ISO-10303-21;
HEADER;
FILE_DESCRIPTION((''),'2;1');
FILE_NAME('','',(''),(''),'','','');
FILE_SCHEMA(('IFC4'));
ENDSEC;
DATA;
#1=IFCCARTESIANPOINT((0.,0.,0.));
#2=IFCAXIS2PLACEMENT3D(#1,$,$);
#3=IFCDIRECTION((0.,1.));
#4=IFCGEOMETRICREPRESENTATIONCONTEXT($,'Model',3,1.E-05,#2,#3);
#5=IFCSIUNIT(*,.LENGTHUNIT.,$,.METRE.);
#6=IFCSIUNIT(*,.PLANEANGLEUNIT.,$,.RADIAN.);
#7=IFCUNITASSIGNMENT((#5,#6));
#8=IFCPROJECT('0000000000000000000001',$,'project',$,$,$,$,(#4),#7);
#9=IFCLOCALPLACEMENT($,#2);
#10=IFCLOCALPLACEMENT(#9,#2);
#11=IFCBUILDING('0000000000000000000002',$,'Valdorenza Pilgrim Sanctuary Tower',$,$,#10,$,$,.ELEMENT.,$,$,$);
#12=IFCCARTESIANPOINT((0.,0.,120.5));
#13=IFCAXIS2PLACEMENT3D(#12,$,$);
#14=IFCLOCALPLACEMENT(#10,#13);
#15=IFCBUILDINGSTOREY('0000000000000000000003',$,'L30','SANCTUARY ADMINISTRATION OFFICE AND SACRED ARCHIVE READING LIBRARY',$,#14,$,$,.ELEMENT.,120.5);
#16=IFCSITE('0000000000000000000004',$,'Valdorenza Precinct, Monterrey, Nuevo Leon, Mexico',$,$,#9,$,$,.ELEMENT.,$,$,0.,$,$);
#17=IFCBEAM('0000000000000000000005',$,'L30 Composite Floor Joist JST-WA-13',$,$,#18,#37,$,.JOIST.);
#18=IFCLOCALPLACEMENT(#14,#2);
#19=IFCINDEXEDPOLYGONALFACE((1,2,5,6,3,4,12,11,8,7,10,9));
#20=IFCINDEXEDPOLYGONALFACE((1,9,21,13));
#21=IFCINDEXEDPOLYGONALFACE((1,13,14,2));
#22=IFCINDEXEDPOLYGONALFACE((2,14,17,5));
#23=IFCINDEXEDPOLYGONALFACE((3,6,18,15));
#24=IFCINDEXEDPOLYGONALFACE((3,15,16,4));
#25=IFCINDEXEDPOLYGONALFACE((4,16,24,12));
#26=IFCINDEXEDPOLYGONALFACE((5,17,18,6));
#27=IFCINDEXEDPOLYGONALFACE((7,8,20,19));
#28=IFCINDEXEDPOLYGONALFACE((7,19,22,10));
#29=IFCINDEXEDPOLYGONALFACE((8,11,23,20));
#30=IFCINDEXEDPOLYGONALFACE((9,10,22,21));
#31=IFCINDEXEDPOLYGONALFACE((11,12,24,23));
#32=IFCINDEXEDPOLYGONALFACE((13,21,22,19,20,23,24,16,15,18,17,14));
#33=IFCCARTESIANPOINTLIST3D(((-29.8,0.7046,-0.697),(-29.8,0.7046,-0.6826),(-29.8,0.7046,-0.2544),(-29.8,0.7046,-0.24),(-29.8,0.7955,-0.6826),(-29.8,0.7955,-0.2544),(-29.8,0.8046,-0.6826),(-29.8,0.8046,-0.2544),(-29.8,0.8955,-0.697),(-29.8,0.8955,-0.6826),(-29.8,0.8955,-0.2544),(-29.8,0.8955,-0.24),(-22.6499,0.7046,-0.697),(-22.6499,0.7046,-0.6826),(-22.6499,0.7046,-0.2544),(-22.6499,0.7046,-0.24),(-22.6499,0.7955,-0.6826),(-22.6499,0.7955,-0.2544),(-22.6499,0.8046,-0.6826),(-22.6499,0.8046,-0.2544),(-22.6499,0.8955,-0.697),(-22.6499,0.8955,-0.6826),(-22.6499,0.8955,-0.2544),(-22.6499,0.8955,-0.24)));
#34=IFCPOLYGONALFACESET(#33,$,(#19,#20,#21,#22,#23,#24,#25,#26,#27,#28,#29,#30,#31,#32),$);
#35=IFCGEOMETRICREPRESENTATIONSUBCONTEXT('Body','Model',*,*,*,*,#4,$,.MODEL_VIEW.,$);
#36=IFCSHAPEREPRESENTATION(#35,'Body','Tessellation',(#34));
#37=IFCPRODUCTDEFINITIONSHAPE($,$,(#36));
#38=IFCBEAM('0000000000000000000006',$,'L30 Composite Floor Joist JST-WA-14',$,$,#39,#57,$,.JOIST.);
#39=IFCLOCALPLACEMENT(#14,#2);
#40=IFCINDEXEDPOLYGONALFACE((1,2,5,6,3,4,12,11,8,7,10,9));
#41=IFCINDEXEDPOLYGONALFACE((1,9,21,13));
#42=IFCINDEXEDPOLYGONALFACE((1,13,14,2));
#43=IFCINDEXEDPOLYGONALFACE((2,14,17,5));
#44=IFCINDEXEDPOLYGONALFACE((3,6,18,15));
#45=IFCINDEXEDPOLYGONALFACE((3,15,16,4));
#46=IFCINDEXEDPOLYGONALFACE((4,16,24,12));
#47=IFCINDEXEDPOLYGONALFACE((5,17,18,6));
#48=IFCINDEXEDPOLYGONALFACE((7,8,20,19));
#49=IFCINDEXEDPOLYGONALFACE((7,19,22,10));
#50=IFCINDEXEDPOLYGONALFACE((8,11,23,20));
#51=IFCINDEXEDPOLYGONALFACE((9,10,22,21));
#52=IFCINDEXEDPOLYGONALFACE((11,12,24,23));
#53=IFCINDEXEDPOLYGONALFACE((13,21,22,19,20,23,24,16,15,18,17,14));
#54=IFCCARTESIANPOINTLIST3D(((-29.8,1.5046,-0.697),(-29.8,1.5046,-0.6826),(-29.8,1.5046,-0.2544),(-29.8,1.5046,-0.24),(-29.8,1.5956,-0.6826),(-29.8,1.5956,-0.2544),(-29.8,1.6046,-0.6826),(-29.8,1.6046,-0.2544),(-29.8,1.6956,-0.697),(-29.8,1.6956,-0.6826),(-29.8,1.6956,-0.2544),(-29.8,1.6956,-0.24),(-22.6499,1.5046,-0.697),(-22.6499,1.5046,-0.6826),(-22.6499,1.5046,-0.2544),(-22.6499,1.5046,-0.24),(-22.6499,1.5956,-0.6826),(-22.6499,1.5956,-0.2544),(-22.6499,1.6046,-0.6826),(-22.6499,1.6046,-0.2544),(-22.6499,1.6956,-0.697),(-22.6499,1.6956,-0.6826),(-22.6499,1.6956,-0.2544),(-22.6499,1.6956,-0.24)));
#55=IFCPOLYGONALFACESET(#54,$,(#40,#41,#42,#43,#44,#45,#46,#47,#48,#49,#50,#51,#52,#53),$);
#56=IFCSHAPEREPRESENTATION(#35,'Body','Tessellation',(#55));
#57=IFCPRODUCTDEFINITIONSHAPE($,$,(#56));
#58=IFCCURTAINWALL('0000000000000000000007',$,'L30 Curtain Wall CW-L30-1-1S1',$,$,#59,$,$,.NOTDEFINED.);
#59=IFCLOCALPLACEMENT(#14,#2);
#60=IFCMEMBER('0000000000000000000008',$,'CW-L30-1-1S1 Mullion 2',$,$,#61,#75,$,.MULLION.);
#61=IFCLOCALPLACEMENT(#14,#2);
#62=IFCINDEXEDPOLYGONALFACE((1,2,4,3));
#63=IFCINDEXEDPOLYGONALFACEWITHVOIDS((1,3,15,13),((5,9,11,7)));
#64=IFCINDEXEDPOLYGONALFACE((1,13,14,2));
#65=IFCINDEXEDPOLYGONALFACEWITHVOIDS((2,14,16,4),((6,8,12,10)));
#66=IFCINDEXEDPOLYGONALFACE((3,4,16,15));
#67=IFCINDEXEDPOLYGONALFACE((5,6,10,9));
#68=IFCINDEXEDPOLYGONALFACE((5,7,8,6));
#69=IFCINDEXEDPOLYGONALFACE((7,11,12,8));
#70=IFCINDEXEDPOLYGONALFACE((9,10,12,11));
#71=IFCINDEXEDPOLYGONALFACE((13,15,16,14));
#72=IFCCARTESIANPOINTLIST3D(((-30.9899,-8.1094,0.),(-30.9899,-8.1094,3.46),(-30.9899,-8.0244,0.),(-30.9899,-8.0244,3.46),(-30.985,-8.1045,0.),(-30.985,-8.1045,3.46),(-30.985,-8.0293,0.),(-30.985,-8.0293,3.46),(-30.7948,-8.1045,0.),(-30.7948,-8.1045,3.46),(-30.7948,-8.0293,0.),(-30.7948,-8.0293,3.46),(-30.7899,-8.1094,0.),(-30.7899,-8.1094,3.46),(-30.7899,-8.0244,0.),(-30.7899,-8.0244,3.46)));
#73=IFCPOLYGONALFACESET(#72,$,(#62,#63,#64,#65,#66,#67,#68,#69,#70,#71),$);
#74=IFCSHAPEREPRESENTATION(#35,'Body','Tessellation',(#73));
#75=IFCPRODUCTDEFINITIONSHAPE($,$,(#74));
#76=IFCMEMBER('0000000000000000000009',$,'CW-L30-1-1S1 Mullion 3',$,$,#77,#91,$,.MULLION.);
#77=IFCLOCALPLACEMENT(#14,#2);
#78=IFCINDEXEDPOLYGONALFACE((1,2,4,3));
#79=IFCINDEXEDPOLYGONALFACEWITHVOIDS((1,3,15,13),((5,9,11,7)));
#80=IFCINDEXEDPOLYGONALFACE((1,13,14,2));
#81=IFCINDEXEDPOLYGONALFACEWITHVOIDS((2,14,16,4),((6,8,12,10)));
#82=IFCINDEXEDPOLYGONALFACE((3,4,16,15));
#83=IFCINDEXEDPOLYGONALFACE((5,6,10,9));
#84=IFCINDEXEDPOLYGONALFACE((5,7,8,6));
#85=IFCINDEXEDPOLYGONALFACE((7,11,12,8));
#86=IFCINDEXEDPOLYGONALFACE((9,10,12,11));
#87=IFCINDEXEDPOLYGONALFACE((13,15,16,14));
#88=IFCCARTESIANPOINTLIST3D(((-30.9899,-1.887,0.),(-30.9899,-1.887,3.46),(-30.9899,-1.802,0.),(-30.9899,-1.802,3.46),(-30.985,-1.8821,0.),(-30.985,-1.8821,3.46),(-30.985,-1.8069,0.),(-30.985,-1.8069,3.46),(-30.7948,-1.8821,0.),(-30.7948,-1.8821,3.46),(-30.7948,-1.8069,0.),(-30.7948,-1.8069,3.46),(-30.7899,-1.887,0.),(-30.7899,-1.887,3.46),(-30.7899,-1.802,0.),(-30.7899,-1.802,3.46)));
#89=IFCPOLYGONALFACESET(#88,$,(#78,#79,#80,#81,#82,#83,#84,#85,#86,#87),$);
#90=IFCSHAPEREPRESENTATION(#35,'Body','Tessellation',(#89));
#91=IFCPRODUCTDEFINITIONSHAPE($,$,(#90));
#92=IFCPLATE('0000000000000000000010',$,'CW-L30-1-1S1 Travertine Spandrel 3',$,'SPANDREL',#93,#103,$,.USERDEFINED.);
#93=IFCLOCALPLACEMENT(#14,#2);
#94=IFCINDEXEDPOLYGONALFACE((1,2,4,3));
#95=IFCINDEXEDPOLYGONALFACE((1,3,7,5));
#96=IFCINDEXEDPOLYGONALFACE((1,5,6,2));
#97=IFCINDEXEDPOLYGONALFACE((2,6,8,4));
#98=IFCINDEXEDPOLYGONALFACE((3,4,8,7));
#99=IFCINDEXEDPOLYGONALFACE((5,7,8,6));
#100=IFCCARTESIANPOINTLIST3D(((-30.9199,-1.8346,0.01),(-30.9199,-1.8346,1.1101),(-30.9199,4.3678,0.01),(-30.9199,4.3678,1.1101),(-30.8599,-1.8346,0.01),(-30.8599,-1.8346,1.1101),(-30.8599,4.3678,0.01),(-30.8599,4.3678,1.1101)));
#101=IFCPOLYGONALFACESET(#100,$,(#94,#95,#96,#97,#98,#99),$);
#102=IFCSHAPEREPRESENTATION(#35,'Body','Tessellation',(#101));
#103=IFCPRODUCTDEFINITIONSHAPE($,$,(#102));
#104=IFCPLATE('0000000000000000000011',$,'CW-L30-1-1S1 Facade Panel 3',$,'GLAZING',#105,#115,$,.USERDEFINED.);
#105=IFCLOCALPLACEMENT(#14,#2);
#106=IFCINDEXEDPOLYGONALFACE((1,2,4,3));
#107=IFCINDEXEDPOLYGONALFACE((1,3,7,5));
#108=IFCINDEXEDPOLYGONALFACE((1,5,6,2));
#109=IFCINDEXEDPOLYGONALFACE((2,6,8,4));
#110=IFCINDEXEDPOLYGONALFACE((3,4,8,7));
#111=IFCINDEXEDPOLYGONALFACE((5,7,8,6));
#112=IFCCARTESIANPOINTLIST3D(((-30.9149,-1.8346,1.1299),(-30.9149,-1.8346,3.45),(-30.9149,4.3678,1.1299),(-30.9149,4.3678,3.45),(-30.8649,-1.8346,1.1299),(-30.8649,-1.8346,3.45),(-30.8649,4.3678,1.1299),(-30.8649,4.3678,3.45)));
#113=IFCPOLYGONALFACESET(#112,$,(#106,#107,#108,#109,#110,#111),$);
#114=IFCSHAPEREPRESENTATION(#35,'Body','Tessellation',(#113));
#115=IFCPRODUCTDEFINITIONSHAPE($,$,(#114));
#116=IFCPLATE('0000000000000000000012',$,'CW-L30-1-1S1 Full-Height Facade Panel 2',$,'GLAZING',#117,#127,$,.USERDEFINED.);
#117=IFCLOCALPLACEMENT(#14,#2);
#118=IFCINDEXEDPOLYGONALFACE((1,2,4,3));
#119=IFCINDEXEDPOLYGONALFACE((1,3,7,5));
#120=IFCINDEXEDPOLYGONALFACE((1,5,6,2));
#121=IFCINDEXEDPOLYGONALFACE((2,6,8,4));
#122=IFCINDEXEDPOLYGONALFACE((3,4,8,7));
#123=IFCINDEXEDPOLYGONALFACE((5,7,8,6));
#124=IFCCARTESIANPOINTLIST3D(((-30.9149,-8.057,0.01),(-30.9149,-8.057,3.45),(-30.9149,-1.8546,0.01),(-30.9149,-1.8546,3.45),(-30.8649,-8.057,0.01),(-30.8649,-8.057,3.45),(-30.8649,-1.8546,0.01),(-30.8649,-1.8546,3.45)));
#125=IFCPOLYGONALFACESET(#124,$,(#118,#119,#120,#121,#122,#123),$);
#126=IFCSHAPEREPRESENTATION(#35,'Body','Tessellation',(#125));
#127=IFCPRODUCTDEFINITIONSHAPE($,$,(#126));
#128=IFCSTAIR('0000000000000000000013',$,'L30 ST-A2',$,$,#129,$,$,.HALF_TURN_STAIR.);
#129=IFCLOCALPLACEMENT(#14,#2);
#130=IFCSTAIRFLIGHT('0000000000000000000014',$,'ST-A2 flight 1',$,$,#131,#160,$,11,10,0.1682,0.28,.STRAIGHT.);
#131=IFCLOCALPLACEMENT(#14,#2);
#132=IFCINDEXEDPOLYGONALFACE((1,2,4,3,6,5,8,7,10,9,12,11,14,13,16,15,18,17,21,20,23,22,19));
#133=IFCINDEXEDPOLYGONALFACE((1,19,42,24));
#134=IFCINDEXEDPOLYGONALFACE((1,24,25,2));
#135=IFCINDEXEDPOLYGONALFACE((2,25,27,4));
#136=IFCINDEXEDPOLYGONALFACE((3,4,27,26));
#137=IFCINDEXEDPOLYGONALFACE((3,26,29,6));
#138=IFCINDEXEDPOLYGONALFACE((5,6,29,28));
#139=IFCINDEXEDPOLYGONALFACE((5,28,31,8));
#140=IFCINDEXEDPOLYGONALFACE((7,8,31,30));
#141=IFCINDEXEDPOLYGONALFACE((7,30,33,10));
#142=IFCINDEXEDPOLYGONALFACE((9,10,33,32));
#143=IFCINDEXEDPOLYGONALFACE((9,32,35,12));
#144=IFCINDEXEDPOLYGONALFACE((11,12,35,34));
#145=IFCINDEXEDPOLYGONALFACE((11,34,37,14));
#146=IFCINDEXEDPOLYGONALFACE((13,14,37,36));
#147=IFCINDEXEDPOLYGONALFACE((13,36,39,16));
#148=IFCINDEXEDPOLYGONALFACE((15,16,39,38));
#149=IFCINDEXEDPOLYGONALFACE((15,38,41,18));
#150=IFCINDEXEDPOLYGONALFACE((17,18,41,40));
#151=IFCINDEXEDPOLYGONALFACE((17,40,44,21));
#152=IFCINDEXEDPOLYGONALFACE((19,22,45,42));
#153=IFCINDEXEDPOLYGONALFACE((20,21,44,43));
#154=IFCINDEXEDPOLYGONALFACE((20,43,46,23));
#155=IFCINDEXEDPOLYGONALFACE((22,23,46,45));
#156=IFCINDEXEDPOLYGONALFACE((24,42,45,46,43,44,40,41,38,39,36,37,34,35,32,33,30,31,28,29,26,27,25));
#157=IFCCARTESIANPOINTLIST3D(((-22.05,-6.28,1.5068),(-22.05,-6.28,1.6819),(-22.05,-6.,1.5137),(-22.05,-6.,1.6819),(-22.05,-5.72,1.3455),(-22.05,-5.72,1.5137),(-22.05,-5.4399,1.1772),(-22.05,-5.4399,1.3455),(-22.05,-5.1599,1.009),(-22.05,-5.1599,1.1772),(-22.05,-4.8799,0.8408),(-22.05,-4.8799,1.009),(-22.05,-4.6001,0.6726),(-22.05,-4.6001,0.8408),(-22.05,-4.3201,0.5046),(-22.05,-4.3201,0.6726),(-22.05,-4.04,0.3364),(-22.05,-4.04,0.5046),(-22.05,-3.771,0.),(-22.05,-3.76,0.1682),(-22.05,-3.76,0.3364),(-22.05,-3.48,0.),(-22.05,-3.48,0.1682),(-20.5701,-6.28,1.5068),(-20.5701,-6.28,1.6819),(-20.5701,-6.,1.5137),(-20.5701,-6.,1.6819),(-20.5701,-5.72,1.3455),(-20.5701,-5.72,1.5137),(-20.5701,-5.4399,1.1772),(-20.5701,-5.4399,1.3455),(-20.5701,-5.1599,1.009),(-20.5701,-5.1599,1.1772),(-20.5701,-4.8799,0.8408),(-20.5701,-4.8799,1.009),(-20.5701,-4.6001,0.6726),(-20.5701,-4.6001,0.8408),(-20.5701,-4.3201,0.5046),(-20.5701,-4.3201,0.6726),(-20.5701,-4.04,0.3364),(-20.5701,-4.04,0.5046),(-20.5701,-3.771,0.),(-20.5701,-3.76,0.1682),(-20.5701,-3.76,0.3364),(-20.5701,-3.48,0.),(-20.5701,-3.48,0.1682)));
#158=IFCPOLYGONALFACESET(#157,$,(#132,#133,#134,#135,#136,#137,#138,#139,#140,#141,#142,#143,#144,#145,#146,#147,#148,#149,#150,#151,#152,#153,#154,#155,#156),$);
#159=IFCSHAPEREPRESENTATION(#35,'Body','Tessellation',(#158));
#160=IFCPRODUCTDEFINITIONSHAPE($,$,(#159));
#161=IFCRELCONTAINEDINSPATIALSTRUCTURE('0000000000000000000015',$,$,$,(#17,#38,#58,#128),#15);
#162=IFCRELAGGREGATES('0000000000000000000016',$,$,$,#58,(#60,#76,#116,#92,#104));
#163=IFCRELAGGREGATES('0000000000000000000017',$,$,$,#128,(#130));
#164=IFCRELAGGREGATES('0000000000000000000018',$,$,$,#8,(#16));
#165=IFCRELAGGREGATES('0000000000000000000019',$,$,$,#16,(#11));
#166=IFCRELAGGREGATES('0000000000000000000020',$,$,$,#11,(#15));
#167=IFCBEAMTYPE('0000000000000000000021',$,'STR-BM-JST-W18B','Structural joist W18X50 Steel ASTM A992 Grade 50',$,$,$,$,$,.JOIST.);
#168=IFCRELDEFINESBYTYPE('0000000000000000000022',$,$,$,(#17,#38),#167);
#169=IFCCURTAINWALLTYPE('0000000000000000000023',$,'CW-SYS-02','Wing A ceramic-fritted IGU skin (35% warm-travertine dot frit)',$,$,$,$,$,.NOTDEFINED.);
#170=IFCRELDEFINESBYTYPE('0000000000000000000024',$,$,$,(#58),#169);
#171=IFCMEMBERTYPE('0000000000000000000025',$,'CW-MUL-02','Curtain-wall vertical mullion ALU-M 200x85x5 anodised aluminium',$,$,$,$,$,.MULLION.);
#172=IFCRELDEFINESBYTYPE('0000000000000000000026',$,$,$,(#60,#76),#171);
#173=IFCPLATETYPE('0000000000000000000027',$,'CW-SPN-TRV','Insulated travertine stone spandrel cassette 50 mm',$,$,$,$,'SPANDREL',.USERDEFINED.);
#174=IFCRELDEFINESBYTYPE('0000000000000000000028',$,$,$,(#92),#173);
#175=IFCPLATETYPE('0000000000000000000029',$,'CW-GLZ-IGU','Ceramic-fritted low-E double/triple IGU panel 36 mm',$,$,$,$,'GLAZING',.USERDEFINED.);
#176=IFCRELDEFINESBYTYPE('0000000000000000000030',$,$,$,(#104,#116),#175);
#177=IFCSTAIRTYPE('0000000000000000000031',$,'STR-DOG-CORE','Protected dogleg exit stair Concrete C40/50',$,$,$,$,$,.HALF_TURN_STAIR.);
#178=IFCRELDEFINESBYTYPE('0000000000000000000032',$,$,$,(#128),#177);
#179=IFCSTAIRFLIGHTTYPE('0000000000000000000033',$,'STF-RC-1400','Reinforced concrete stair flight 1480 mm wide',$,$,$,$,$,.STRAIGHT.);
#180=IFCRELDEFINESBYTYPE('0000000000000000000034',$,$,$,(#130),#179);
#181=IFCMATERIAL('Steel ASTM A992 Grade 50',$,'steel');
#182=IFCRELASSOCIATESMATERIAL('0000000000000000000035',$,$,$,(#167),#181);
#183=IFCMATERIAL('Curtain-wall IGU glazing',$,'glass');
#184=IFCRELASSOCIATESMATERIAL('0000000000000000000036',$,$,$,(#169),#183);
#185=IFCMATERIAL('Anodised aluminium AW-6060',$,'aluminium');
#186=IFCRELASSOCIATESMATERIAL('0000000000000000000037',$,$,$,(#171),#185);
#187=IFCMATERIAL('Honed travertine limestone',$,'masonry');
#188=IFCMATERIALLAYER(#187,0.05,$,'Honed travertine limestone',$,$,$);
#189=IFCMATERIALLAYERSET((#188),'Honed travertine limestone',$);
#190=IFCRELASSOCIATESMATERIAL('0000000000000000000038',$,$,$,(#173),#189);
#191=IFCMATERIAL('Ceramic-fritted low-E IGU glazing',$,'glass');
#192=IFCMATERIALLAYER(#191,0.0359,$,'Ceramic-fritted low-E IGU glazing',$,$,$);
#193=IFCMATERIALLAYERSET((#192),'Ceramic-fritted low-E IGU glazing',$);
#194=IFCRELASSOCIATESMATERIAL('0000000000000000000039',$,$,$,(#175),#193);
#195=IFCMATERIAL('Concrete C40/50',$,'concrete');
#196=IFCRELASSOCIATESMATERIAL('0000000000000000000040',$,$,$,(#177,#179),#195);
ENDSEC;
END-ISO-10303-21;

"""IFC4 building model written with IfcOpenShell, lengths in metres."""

from ifc_helpers import new_model, si_unit, direction, frame, origin, origin_2d, place, context, subcontext, project, spatial, polyline, rectangle, hollow_rectangle, i_section, outline, extrude, source, transform, mapped, material, layer, layer_set, material_profile, profile_set, type_object, element, aggregate, save


model = new_model("IFC4")

# Units and contexts
model_context = context("Model", 3, precision=1e-05, world=origin(), true_north=direction((0.0, 1.0)))
body_context = subcontext(model_context, "Body", "Model", "MODEL_VIEW")
ifc_project = project(units=[si_unit("LENGTHUNIT", "METRE"), si_unit("PLANEANGLEUNIT", "RADIAN")], contexts=[model_context])

# Site, building, storey
site_placement = place(None, origin())
site = spatial("IfcSite", under=ifc_project, at=site_placement, Name="Valdorenza Precinct, Monterrey, Nuevo Leon, Mexico", CompositionType="ELEMENT", RefElevation=0.0)
building_placement = place(site_placement, origin())
building = spatial("IfcBuilding", under=site, at=building_placement, Name="Valdorenza Pilgrim Sanctuary Tower", CompositionType="ELEMENT")
storey_placement = place(building_placement, frame((0.0, 0.0, 120.5)))
storey = spatial("IfcBuildingStorey", under=building, at=storey_placement, Name="L30", Description="SANCTUARY ADMINISTRATION OFFICE AND SACRED ARCHIVE READING LIBRARY", CompositionType="ELEMENT", Elevation=120.5)

# Beams
ifc_material_1 = material(Name="Steel ASTM A992 Grade 50", Category="steel")
ifc_material_profile_1 = material_profile(ifc_material_1, i_section(OverallWidth=0.1909, OverallDepth=0.457, WebThickness=0.009, FlangeThickness=0.0144, at=origin_2d()), Name="W18X50")
ifc_profile_set_1 = profile_set([ifc_material_profile_1], Name="Steel ASTM A992 Grade 50")
beam_type_1 = type_object("IfcBeamType", Name="STR-BM-JST-W18B", Description="Structural joist W18X50 Steel ASTM A992 Grade 50", PredefinedType="JOIST", material=ifc_profile_set_1)
shared_shape_1 = source(origin(), body_context, "Body", "SweptSolid", [
    extrude(i_section(OverallWidth=0.1909, OverallDepth=0.457, WebThickness=0.009, FlangeThickness=0.0144, at=origin_2d()), origin(), (0.0, 0.0, 1.0), 7.1501),
])
for number, where, z_axis, x_axis, name in (
    (1, (-29.8, 0.8, -0.4685), (1.0, 0.0, 0.0), (0.0, 1.0, 0.0), "L30 Composite Floor Joist JST-WA-13"),
    (2, (-29.8, 1.6001, -0.4685), (1.0, 0.0, 0.0), (0.0, 1.0, 0.0), "L30 Composite Floor Joist JST-WA-14"),
):
    element("IfcBeam", number, at=place(storey_placement, frame(where, z_axis=z_axis, x_axis=x_axis)), inside=storey, type_object=beam_type_1, Name=name, PredefinedType="JOIST", context=body_context, shape_type="MappedRepresentation", body=[
        mapped(shared_shape_1, transform((0.0, 0.0, 0.0), x_axis=(1.0, 0.0, 0.0), y_axis=(0.0, 1.0, 0.0), z_axis=(0.0, 0.0, 1.0), scale=1.0)),
    ])

# Curtain wall, members, plates
ifc_material_2 = material(Name="Curtain-wall IGU glazing", Category="glass")
curtain_wall_type = type_object("IfcCurtainWallType", Name="CW-SYS-02", Description="Wing A ceramic-fritted IGU skin (35% warm-travertine dot frit)", PredefinedType="NOTDEFINED", material=ifc_material_2)
curtain_wall_placement = place(storey_placement, origin())
curtain_wall = element("IfcCurtainWall", 3, at=curtain_wall_placement, inside=storey, type_object=curtain_wall_type, Name="L30 Curtain Wall CW-L30-1-1S1", PredefinedType="NOTDEFINED")
ifc_material_3 = material(Name="Anodised aluminium AW-6060", Category="aluminium")
ifc_material_profile_2 = material_profile(ifc_material_3, hollow_rectangle(XDim=0.085, YDim=0.2, WallThickness=0.0049, at=origin_2d()), Name="ALU-M 200x85x5")
ifc_profile_set_2 = profile_set([ifc_material_profile_2], Name="Anodised aluminium AW-6060")
member_type = type_object("IfcMemberType", Name="CW-MUL-02", Description="Curtain-wall vertical mullion ALU-M 200x85x5 anodised aluminium", PredefinedType="MULLION", material=ifc_profile_set_2)
shared_shape_2 = source(origin(), body_context, "Body", "SweptSolid", [
    extrude(hollow_rectangle(XDim=0.085, YDim=0.2, WallThickness=0.0049, at=origin_2d()), origin(), (0.0, 0.0, 1.0), 3.46),
])
member_1_placement = place(storey_placement, frame((-30.8899, -8.0669, 0.0), z_axis=(0.0, 0.0, 1.0), x_axis=(0.0, 1.0, 0.0)))
member_1 = element("IfcMember", 4, at=member_1_placement, type_object=member_type, Name="CW-L30-1-1S1 Mullion 2", PredefinedType="MULLION", context=body_context, shape_type="MappedRepresentation", body=[
    mapped(shared_shape_2, transform((0.0, 0.0, 0.0), x_axis=(1.0, 0.0, 0.0), y_axis=(0.0, 1.0, 0.0), z_axis=(0.0, 0.0, 1.0), scale=1.0)),
])
member_2_placement = place(storey_placement, frame((-30.8899, -1.8445, 0.0), z_axis=(0.0, 0.0, 1.0), x_axis=(0.0, 1.0, 0.0)))
member_2 = element("IfcMember", 5, at=member_2_placement, type_object=member_type, Name="CW-L30-1-1S1 Mullion 3", PredefinedType="MULLION", context=body_context, shape_type="MappedRepresentation", body=[
    mapped(shared_shape_2, transform((0.0, 0.0, 0.0), x_axis=(1.0, 0.0, 0.0), y_axis=(0.0, 1.0, 0.0), z_axis=(0.0, 0.0, 1.0), scale=1.0)),
])
ifc_material_4 = material(Name="Honed travertine limestone", Category="masonry")
ifc_layer_1 = layer(ifc_material_4, 0.05, Name="Honed travertine limestone")
ifc_layer_set_1 = layer_set([ifc_layer_1], Name="Honed travertine limestone")
plate_type_1 = type_object("IfcPlateType", Name="CW-SPN-TRV", Description="Insulated travertine stone spandrel cassette 50 mm", ElementType="SPANDREL", PredefinedType="USERDEFINED", material=ifc_layer_set_1)
shared_shape_3 = source(origin(), body_context, "Body", "SweptSolid", [
    extrude(rectangle(XDim=6.2024, YDim=0.0601, at=origin_2d()), origin(), (0.0, 0.0, 1.0), 1.1001),
])
plate_1_placement = place(storey_placement, frame((-30.8899, 1.2666, 0.01), z_axis=(0.0, 0.0, 1.0), x_axis=(0.0, 1.0, 0.0)))
plate_1 = element("IfcPlate", 6, at=plate_1_placement, type_object=plate_type_1, Name="CW-L30-1-1S1 Travertine Spandrel 3", ObjectType="SPANDREL", PredefinedType="USERDEFINED", context=body_context, shape_type="MappedRepresentation", body=[
    mapped(shared_shape_3, transform((0.0, 0.0, 0.0), x_axis=(1.0, 0.0, 0.0), y_axis=(0.0, 1.0, 0.0), z_axis=(0.0, 0.0, 1.0), scale=1.0)),
])
ifc_material_5 = material(Name="Ceramic-fritted low-E IGU glazing", Category="glass")
ifc_layer_2 = layer(ifc_material_5, 0.0359, Name="Ceramic-fritted low-E IGU glazing")
ifc_layer_set_2 = layer_set([ifc_layer_2], Name="Ceramic-fritted low-E IGU glazing")
plate_type_2 = type_object("IfcPlateType", Name="CW-GLZ-IGU", Description="Ceramic-fritted low-E double/triple IGU panel 36 mm", ElementType="GLAZING", PredefinedType="USERDEFINED", material=ifc_layer_set_2)
shared_shape_4 = source(origin(), body_context, "Body", "SweptSolid", [
    extrude(rectangle(XDim=6.2024, YDim=0.05, at=origin_2d()), origin(), (0.0, 0.0, 1.0), 2.3201),
])
plate_2_placement = place(storey_placement, frame((-30.8899, 1.2666, 1.1299), z_axis=(0.0, 0.0, 1.0), x_axis=(0.0, 1.0, 0.0)))
plate_2 = element("IfcPlate", 7, at=plate_2_placement, type_object=plate_type_2, Name="CW-L30-1-1S1 Facade Panel 3", ObjectType="GLAZING", PredefinedType="USERDEFINED", context=body_context, shape_type="MappedRepresentation", body=[
    mapped(shared_shape_4, transform((0.0, 0.0, 0.0), x_axis=(1.0, 0.0, 0.0), y_axis=(0.0, 1.0, 0.0), z_axis=(0.0, 0.0, 1.0), scale=1.0)),
])
shared_shape_5 = source(origin(), body_context, "Body", "SweptSolid", [
    extrude(rectangle(XDim=6.2024, YDim=0.05, at=origin_2d()), origin(), (0.0, 0.0, 1.0), 3.4399),
])
plate_3_placement = place(storey_placement, frame((-30.8899, -4.9558, 0.01), z_axis=(0.0, 0.0, 1.0), x_axis=(0.0, 1.0, 0.0)))
plate_3 = element("IfcPlate", 8, at=plate_3_placement, type_object=plate_type_2, Name="CW-L30-1-1S1 Full-Height Facade Panel 2", ObjectType="GLAZING", PredefinedType="USERDEFINED", context=body_context, shape_type="MappedRepresentation", body=[
    mapped(shared_shape_5, transform((0.0, 0.0, 0.0), x_axis=(1.0, 0.0, 0.0), y_axis=(0.0, 1.0, 0.0), z_axis=(0.0, 0.0, 1.0), scale=1.0)),
])
aggregate(curtain_wall, [member_1, member_2, plate_3, plate_1, plate_2])

# Shared definitions
ifc_material_6 = material(Name="Concrete C40/50", Category="concrete")

# Stair, stair flight
stair_type = type_object("IfcStairType", Name="STR-DOG-CORE", Description="Protected dogleg exit stair Concrete C40/50", PredefinedType="HALF_TURN_STAIR", material=ifc_material_6)
stair_placement = place(storey_placement, origin())
stair = element("IfcStair", 9, at=stair_placement, inside=storey, type_object=stair_type, Name="L30 ST-A2", PredefinedType="HALF_TURN_STAIR")
stair_flight_type = type_object("IfcStairFlightType", Name="STF-RC-1400", Description="Reinforced concrete stair flight 1480 mm wide", PredefinedType="STRAIGHT", material=ifc_material_6)
stair_flight_placement = place(storey_placement, frame((-21.3101, -3.48, 0.0), z_axis=(0.0, 0.0, 1.0), x_axis=(0.0, -1.0, 0.0)))
stair_flight = element("IfcStairFlight", 10, at=stair_flight_placement, type_object=stair_flight_type, Name="ST-A2 flight 1", NumberOfRisers=11, NumberOfTreads=10, PredefinedType="STRAIGHT", RiserHeight=0.1682, TreadLength=0.28, context=body_context, shape_type="SweptSolid", body=[
    extrude(outline(polyline([(0.0, 0.0), (0.0, 0.1682), (0.28, 0.1682), (0.28, 0.3364), (0.5601, 0.3364), (0.5601, 0.5046), (0.8401, 0.5046), (0.8401, 0.6726), (1.1201, 0.6726), (1.1201, 0.8408), (1.3999, 0.8408), (1.3999, 1.009), (1.6799, 1.009), (1.6799, 1.1772), (1.96, 1.1772), (1.96, 1.3455), (2.24, 1.3455), (2.24, 1.5137), (2.52, 1.5137), (2.52, 1.6819), (2.8, 1.6819), (2.8, 1.8501), (2.8, 1.5068), (0.291, 0.0), (0.0, 0.0)])), frame((0.0, 0.74, 0.0), z_axis=(0.0, -1.0, 0.0), x_axis=(1.0, 0.0, 0.0)), (0.0, 0.0, 1.0), 1.48),
])
aggregate(stair, [stair_flight])

save(model, "model.ifc")
